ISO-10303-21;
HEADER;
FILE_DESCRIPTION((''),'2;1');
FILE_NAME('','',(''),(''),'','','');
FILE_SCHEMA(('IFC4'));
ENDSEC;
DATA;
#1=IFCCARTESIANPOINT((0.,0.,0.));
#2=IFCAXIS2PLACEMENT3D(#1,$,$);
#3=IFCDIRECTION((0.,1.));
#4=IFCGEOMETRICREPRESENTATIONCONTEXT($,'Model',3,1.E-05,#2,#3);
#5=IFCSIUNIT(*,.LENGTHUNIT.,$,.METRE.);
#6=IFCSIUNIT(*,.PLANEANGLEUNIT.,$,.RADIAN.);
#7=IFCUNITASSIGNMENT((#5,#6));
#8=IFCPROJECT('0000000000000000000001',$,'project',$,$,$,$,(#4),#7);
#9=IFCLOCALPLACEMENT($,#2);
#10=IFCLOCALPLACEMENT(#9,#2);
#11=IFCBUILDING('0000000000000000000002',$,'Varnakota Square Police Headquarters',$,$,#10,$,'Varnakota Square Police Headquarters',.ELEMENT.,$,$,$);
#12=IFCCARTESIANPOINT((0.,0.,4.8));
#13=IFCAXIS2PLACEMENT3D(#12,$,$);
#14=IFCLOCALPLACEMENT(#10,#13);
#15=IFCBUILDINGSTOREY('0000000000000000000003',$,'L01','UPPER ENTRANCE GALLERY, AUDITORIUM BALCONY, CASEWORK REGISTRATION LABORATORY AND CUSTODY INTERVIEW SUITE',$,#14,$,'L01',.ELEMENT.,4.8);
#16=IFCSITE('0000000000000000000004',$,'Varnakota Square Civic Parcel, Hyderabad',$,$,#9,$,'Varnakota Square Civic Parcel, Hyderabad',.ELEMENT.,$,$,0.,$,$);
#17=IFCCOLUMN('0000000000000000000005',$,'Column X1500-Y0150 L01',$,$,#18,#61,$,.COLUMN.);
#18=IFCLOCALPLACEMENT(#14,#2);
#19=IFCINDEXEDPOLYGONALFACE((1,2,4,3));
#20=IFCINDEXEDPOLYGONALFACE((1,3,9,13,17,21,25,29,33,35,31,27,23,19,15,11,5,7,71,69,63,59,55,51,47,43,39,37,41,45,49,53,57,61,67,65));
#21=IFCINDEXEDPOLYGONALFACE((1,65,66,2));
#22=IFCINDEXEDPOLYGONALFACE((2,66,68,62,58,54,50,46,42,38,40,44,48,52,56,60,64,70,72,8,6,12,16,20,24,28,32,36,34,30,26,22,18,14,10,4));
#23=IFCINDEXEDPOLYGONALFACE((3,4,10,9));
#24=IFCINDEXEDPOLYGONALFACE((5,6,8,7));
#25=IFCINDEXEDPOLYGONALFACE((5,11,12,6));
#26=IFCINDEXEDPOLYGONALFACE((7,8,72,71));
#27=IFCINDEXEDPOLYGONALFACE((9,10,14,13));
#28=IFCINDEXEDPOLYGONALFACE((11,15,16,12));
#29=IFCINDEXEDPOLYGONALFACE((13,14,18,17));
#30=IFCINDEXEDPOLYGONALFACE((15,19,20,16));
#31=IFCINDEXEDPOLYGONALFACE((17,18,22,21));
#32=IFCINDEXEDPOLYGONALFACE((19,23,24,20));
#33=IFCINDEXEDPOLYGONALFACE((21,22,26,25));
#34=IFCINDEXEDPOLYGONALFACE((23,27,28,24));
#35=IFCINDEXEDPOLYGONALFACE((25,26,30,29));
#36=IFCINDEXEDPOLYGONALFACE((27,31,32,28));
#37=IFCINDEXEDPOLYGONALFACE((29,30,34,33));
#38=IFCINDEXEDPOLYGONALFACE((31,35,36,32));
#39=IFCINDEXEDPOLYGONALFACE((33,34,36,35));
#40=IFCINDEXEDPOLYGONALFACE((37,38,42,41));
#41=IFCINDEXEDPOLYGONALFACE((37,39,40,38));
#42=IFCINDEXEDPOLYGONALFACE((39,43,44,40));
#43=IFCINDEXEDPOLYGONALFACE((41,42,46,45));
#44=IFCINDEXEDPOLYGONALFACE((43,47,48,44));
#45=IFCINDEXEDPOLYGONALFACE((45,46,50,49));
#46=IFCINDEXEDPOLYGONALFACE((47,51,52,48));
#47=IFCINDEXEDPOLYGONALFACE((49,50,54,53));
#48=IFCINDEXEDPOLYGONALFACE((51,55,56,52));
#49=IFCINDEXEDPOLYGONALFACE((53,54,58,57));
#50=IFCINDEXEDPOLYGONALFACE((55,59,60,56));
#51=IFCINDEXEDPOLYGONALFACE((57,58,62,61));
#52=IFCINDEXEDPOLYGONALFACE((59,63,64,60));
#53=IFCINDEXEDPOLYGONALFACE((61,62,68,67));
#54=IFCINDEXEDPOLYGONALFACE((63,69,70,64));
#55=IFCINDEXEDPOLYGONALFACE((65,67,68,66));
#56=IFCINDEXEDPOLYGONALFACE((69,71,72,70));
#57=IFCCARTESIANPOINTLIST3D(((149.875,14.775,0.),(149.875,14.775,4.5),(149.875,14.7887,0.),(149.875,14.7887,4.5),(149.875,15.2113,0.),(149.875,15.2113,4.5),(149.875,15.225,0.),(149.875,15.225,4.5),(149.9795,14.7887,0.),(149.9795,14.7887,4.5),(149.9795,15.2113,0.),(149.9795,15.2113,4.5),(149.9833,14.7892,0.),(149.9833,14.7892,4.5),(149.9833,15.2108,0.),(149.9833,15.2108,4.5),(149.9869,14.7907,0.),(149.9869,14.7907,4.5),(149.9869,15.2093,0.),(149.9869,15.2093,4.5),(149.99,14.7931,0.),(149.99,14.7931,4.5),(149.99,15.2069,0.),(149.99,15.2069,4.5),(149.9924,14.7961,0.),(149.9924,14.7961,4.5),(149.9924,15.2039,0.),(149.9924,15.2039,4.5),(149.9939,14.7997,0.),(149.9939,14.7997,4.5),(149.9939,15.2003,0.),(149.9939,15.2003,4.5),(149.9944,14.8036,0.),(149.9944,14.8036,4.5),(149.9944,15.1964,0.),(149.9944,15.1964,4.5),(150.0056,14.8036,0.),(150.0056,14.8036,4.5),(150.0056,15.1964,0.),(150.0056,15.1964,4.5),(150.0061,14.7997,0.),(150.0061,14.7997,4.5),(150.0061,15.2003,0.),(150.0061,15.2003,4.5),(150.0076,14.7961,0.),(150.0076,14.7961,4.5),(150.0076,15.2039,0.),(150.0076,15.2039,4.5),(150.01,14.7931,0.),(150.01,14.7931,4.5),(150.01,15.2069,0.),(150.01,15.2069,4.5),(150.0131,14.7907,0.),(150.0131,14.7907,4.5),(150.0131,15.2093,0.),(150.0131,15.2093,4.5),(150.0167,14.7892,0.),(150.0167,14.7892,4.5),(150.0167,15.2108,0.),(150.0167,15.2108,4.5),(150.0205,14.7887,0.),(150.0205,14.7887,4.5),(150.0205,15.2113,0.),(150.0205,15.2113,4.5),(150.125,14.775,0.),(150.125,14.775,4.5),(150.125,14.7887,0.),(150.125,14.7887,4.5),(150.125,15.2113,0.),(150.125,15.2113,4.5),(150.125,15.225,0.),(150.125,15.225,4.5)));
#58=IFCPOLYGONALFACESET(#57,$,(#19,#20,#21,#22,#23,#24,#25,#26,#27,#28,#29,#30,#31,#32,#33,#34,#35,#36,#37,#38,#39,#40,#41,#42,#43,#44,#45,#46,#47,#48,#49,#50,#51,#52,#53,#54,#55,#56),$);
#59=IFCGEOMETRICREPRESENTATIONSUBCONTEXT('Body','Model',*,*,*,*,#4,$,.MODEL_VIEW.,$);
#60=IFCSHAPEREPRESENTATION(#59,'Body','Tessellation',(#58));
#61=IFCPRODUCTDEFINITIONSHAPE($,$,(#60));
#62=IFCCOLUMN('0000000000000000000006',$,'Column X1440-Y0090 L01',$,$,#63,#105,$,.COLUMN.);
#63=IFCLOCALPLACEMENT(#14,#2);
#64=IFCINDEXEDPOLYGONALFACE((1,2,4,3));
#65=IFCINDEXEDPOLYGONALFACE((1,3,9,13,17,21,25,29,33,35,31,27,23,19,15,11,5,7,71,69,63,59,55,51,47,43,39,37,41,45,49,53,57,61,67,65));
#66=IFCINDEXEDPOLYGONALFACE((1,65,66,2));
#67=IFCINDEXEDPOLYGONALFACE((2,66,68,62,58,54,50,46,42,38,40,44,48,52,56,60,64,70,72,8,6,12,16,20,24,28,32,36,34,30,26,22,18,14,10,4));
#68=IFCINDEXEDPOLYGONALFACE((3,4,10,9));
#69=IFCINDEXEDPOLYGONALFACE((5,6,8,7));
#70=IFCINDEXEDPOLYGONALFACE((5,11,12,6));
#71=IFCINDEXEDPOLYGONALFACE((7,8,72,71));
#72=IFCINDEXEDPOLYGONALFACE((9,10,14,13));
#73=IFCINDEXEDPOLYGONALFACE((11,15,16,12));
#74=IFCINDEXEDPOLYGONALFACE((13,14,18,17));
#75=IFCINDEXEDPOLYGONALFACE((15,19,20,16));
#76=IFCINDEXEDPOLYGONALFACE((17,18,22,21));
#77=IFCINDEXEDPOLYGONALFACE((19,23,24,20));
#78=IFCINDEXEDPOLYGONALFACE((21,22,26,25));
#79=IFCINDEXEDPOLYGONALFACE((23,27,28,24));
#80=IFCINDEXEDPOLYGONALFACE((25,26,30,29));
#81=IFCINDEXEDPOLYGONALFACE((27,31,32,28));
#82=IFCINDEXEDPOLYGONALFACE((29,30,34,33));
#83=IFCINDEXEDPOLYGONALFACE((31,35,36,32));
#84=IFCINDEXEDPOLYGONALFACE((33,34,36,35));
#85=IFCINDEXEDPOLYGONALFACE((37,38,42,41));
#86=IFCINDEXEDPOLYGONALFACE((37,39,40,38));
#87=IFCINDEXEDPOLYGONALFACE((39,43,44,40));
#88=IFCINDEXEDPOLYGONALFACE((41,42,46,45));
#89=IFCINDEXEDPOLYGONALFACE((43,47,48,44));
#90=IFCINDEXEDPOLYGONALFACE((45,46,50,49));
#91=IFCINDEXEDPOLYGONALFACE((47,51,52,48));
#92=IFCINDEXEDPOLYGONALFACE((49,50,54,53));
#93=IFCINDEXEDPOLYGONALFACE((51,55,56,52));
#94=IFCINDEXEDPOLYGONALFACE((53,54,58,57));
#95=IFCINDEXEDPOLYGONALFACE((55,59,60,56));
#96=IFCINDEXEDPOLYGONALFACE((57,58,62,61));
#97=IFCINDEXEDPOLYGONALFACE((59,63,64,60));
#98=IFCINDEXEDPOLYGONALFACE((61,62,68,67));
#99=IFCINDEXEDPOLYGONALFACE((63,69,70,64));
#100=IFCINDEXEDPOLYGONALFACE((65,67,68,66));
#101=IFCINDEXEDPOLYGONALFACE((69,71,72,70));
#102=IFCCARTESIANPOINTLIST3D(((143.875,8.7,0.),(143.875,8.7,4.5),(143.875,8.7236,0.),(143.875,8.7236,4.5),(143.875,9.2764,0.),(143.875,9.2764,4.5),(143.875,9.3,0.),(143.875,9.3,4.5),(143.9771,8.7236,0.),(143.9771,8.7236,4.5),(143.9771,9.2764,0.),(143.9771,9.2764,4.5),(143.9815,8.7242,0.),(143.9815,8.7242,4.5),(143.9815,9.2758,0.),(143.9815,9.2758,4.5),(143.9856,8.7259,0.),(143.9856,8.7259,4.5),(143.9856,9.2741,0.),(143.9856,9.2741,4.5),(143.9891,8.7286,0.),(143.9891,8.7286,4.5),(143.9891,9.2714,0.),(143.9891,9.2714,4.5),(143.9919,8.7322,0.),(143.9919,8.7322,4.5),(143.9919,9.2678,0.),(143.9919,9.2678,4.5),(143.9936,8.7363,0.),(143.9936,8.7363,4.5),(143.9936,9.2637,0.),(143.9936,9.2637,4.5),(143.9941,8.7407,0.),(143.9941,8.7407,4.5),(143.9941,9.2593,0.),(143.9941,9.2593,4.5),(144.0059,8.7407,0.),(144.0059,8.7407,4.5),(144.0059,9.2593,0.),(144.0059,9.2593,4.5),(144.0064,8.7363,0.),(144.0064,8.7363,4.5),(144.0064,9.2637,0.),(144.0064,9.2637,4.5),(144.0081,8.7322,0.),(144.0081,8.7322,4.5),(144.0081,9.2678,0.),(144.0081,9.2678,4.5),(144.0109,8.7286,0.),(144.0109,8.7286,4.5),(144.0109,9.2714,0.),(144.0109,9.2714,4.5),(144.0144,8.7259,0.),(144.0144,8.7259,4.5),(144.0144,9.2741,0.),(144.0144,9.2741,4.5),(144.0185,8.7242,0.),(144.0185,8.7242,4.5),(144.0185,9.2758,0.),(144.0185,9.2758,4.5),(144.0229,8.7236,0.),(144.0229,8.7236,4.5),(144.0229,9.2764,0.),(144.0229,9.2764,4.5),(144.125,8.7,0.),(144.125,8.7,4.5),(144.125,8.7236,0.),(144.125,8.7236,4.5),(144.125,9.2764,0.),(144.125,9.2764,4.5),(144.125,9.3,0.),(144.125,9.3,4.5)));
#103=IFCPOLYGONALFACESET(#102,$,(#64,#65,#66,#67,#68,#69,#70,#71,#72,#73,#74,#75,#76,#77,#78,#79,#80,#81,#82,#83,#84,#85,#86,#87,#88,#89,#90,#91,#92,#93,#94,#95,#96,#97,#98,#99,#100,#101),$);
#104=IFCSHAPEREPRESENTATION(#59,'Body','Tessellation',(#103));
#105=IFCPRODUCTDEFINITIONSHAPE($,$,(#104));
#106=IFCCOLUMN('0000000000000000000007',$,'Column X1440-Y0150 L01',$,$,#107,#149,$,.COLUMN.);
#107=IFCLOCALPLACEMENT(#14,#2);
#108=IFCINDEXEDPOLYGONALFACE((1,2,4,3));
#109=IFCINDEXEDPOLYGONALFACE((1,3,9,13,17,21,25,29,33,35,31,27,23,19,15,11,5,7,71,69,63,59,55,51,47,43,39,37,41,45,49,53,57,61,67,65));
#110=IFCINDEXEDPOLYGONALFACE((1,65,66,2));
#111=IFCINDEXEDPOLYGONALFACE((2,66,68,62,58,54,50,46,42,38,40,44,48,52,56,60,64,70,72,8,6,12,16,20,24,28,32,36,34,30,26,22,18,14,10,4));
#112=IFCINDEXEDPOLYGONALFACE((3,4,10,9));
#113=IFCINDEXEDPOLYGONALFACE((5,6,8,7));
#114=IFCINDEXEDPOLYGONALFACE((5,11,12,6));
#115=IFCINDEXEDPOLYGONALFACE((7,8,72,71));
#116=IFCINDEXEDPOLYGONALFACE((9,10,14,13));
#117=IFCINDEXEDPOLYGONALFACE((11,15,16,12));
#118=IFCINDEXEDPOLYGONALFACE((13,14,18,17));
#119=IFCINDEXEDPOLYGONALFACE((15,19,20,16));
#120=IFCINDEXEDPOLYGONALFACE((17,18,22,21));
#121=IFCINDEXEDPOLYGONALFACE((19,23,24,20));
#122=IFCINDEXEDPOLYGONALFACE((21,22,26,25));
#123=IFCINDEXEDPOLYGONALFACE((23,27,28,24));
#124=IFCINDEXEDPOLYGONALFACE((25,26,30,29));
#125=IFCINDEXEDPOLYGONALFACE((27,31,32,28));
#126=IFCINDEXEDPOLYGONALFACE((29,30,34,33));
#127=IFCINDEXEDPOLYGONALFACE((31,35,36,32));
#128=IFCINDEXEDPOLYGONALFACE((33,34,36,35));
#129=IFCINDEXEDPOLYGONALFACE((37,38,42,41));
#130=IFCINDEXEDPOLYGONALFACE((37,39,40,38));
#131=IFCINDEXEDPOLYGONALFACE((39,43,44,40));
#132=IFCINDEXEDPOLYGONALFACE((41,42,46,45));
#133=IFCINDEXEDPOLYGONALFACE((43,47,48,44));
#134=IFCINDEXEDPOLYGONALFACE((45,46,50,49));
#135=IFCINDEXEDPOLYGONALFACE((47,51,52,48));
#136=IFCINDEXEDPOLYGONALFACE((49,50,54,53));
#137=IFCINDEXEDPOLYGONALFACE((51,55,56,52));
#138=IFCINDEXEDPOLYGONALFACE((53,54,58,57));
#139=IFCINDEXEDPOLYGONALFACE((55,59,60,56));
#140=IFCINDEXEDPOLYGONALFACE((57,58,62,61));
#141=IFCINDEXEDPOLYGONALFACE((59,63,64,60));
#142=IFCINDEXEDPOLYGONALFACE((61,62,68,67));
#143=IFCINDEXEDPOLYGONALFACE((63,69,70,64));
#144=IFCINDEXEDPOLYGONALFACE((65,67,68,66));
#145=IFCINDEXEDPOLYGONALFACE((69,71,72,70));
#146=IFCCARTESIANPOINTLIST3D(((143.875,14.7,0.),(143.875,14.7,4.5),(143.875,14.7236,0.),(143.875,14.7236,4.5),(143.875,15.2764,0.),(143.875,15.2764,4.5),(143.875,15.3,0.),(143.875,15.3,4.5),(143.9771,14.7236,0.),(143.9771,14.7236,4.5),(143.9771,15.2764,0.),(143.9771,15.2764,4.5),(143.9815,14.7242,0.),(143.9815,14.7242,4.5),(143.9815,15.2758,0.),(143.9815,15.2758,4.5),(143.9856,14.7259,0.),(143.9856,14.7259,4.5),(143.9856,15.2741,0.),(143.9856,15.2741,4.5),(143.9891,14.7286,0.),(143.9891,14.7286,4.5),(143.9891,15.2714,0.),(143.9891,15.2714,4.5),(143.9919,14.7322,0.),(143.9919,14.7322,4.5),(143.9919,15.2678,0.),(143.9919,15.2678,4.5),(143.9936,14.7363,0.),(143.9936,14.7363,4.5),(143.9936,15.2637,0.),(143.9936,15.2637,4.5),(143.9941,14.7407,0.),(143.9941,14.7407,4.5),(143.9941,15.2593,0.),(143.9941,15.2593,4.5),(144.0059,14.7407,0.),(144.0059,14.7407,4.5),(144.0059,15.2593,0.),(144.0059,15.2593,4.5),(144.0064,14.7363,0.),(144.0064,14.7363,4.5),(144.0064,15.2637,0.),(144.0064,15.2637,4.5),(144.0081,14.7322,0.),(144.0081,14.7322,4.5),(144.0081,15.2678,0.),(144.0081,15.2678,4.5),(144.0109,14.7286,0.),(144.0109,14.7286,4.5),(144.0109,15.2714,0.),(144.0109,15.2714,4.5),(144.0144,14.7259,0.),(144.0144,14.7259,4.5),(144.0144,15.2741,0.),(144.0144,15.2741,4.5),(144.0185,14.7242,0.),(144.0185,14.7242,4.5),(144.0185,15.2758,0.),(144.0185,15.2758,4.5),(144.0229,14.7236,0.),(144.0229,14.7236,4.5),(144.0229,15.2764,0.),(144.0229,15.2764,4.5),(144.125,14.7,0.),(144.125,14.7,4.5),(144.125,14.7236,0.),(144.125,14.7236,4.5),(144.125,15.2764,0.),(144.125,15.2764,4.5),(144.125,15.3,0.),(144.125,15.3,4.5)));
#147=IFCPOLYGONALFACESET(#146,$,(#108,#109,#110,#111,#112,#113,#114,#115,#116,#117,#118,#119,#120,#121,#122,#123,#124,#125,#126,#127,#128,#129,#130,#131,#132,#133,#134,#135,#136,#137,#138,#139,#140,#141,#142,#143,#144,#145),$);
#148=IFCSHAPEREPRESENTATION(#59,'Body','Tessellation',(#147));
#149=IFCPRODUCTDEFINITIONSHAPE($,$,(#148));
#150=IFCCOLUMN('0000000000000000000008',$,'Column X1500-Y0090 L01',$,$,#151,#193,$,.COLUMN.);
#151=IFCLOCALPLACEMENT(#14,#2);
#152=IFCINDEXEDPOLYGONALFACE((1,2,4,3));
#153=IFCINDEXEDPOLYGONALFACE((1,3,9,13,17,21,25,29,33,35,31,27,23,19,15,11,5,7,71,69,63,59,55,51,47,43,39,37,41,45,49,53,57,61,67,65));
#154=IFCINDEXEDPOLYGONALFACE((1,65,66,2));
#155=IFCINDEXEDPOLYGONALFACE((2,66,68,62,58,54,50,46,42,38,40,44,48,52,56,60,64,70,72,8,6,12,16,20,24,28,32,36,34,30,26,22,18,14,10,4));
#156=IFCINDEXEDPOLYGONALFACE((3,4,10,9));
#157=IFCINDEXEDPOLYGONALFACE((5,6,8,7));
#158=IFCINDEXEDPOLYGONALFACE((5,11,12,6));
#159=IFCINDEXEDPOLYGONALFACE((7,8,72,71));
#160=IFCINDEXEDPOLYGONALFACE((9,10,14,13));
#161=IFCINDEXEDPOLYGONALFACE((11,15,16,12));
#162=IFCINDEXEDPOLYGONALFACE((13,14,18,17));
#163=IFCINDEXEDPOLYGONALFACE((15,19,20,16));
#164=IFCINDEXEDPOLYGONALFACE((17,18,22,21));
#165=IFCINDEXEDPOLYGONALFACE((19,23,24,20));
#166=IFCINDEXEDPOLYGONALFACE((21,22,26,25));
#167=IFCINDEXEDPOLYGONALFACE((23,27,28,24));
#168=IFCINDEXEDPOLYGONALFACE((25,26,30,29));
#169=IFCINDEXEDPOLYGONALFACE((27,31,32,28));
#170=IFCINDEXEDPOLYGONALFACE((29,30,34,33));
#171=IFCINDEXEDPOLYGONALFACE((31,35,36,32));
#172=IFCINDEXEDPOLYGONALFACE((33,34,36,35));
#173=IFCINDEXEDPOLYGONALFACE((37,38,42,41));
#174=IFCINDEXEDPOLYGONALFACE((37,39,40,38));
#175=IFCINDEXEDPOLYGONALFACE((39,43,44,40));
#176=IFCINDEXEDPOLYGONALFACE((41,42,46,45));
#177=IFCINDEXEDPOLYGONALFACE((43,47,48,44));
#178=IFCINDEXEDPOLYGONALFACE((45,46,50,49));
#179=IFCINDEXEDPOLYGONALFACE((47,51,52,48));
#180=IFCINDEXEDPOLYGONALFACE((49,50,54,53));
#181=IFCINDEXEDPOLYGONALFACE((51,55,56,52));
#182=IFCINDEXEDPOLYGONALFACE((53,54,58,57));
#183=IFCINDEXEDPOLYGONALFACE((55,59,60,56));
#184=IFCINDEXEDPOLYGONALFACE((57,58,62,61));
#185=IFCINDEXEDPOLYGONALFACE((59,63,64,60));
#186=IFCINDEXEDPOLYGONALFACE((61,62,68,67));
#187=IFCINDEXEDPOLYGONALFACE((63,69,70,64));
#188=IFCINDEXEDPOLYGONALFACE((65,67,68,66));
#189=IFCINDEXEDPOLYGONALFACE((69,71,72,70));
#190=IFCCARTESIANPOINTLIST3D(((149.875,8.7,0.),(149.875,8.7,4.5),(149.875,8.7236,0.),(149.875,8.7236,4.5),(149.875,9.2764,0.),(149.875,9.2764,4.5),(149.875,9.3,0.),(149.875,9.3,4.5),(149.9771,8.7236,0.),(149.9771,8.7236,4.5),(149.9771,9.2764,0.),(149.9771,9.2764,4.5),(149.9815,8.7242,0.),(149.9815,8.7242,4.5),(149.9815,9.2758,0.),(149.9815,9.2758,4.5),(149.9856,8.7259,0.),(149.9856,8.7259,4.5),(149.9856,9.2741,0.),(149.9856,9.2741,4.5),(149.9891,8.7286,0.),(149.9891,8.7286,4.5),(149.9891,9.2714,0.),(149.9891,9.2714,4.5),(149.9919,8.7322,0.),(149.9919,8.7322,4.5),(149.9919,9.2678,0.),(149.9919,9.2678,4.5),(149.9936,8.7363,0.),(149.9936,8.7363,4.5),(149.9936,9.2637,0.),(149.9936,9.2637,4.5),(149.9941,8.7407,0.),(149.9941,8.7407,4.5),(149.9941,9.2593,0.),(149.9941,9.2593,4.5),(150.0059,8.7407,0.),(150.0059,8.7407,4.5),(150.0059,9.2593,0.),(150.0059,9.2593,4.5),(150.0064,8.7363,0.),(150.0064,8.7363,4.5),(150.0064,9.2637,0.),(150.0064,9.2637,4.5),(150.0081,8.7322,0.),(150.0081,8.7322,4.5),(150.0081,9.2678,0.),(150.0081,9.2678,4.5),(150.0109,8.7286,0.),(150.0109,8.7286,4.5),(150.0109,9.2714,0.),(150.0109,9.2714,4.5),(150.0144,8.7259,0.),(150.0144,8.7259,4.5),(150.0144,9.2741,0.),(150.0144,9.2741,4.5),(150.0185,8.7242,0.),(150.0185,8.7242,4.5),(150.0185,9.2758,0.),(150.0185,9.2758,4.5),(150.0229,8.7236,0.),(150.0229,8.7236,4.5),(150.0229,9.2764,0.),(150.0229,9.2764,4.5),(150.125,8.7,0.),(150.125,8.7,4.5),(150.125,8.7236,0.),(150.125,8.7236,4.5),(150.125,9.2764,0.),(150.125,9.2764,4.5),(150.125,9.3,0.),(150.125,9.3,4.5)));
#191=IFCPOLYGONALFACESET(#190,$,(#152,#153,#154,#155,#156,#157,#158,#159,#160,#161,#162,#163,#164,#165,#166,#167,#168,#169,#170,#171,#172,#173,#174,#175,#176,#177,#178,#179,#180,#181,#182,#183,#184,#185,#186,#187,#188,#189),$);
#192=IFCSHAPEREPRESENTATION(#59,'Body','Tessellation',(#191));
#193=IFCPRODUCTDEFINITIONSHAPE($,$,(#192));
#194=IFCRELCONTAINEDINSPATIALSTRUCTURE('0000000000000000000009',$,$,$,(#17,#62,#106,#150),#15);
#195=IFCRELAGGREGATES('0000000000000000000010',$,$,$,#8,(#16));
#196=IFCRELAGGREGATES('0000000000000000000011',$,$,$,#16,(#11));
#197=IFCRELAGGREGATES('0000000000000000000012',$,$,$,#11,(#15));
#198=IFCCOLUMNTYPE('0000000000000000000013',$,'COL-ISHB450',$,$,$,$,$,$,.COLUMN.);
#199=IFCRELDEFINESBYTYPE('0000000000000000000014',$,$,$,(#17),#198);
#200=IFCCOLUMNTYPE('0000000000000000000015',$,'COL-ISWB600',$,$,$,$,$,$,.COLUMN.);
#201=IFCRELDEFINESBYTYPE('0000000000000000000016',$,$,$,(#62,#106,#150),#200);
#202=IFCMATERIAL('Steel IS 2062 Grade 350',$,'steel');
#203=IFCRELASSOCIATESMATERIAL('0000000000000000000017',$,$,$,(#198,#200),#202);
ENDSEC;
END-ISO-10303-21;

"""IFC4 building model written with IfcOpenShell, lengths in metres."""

from ifc_helpers import new_model, si_unit, direction, frame, origin, origin_2d, place, context, subcontext, project, spatial, i_section, extrude, material, material_profile, profile_set, type_object, element, save


model = new_model("IFC4")

# Units and contexts
model_context = context("Model", 3, precision=1e-05, world=origin(), true_north=direction((0.0, 1.0)))
body_context = subcontext(model_context, "Body", "Model", "MODEL_VIEW")
ifc_project = project(units=[si_unit("LENGTHUNIT", "METRE"), si_unit("PLANEANGLEUNIT", "RADIAN")], contexts=[model_context])

# Site, building, storey
site_placement = place(None, origin())
site = spatial("IfcSite", under=ifc_project, at=site_placement, Name="Varnakota Square Civic Parcel, Hyderabad", LongName="Varnakota Square Civic Parcel, Hyderabad", CompositionType="ELEMENT", RefElevation=0.0)
building_placement = place(site_placement, origin())
building = spatial("IfcBuilding", under=site, at=building_placement, Name="Varnakota Square Police Headquarters", LongName="Varnakota Square Police Headquarters", CompositionType="ELEMENT")
storey_placement = place(building_placement, frame((0.0, 0.0, 4.8)))
storey = spatial("IfcBuildingStorey", under=building, at=storey_placement, Name="L01", Description="UPPER ENTRANCE GALLERY, AUDITORIUM BALCONY, CASEWORK REGISTRATION LABORATORY AND CUSTODY INTERVIEW SUITE", LongName="L01", CompositionType="ELEMENT", Elevation=4.8)

# Columns
ifc_material_1 = material(Name="Steel IS 2062 Grade 350", Category="steel")
ifc_material_profile_1 = material_profile(ifc_material_1, i_section(OverallWidth=0.25, OverallDepth=0.45, WebThickness=0.0112, FlangeThickness=0.0137, FilletRadius=0.0149, at=origin_2d()), Name="ISHB 450")
ifc_profile_set_1 = profile_set([ifc_material_profile_1], Name="Steel IS 2062 Grade 350")
column_type_1 = type_object("IfcColumnType", Name="COL-ISHB450", PredefinedType="COLUMN", material=ifc_profile_set_1)
column_placement = place(storey_placement, frame((150.0, 15.0, 0.0), z_axis=(0.0, 0.0, 1.0), x_axis=(1.0, 0.0, 0.0)))
element("IfcColumn", 1, at=column_placement, inside=storey, type_object=column_type_1, Name="Column X1500-Y0150 L01", PredefinedType="COLUMN", context=body_context, shape_type="SweptSolid", body=[
    extrude(i_section(OverallWidth=0.25, OverallDepth=0.45, WebThickness=0.0112, FlangeThickness=0.0137, FilletRadius=0.0149, at=origin_2d()), origin(), (0.0, 0.0, 1.0), 4.5),
])
ifc_material_profile_2 = material_profile(ifc_material_1, i_section(OverallWidth=0.25, OverallDepth=0.6001, WebThickness=0.0117, FlangeThickness=0.0237, FilletRadius=0.0171, at=origin_2d()), Name="ISWB 600")
ifc_profile_set_2 = profile_set([ifc_material_profile_2], Name="Steel IS 2062 Grade 350")
column_type_2 = type_object("IfcColumnType", Name="COL-ISWB600", PredefinedType="COLUMN", material=ifc_profile_set_2)
for number, where, z_axis, x_axis, name in (
    (2, (144.0, 9.0, 0.0), (0.0, 0.0, 1.0), (1.0, 0.0, 0.0), "Column X1440-Y0090 L01"),
    (3, (144.0, 15.0, 0.0), (0.0, 0.0, 1.0), (1.0, 0.0, 0.0), "Column X1440-Y0150 L01"),
    (4, (150.0, 9.0, 0.0), (0.0, 0.0, 1.0), (1.0, 0.0, 0.0), "Column X1500-Y0090 L01"),
):
    element("IfcColumn", number, at=place(storey_placement, frame(where, z_axis=z_axis, x_axis=x_axis)), inside=storey, type_object=column_type_2, Name=name, PredefinedType="COLUMN", context=body_context, shape_type="SweptSolid", body=[
        extrude(i_section(OverallWidth=0.25, OverallDepth=0.6001, WebThickness=0.0117, FlangeThickness=0.0237, FilletRadius=0.0171, at=origin_2d()), origin(), (0.0, 0.0, 1.0), 4.5),
    ])

save(model, "model.ifc")
